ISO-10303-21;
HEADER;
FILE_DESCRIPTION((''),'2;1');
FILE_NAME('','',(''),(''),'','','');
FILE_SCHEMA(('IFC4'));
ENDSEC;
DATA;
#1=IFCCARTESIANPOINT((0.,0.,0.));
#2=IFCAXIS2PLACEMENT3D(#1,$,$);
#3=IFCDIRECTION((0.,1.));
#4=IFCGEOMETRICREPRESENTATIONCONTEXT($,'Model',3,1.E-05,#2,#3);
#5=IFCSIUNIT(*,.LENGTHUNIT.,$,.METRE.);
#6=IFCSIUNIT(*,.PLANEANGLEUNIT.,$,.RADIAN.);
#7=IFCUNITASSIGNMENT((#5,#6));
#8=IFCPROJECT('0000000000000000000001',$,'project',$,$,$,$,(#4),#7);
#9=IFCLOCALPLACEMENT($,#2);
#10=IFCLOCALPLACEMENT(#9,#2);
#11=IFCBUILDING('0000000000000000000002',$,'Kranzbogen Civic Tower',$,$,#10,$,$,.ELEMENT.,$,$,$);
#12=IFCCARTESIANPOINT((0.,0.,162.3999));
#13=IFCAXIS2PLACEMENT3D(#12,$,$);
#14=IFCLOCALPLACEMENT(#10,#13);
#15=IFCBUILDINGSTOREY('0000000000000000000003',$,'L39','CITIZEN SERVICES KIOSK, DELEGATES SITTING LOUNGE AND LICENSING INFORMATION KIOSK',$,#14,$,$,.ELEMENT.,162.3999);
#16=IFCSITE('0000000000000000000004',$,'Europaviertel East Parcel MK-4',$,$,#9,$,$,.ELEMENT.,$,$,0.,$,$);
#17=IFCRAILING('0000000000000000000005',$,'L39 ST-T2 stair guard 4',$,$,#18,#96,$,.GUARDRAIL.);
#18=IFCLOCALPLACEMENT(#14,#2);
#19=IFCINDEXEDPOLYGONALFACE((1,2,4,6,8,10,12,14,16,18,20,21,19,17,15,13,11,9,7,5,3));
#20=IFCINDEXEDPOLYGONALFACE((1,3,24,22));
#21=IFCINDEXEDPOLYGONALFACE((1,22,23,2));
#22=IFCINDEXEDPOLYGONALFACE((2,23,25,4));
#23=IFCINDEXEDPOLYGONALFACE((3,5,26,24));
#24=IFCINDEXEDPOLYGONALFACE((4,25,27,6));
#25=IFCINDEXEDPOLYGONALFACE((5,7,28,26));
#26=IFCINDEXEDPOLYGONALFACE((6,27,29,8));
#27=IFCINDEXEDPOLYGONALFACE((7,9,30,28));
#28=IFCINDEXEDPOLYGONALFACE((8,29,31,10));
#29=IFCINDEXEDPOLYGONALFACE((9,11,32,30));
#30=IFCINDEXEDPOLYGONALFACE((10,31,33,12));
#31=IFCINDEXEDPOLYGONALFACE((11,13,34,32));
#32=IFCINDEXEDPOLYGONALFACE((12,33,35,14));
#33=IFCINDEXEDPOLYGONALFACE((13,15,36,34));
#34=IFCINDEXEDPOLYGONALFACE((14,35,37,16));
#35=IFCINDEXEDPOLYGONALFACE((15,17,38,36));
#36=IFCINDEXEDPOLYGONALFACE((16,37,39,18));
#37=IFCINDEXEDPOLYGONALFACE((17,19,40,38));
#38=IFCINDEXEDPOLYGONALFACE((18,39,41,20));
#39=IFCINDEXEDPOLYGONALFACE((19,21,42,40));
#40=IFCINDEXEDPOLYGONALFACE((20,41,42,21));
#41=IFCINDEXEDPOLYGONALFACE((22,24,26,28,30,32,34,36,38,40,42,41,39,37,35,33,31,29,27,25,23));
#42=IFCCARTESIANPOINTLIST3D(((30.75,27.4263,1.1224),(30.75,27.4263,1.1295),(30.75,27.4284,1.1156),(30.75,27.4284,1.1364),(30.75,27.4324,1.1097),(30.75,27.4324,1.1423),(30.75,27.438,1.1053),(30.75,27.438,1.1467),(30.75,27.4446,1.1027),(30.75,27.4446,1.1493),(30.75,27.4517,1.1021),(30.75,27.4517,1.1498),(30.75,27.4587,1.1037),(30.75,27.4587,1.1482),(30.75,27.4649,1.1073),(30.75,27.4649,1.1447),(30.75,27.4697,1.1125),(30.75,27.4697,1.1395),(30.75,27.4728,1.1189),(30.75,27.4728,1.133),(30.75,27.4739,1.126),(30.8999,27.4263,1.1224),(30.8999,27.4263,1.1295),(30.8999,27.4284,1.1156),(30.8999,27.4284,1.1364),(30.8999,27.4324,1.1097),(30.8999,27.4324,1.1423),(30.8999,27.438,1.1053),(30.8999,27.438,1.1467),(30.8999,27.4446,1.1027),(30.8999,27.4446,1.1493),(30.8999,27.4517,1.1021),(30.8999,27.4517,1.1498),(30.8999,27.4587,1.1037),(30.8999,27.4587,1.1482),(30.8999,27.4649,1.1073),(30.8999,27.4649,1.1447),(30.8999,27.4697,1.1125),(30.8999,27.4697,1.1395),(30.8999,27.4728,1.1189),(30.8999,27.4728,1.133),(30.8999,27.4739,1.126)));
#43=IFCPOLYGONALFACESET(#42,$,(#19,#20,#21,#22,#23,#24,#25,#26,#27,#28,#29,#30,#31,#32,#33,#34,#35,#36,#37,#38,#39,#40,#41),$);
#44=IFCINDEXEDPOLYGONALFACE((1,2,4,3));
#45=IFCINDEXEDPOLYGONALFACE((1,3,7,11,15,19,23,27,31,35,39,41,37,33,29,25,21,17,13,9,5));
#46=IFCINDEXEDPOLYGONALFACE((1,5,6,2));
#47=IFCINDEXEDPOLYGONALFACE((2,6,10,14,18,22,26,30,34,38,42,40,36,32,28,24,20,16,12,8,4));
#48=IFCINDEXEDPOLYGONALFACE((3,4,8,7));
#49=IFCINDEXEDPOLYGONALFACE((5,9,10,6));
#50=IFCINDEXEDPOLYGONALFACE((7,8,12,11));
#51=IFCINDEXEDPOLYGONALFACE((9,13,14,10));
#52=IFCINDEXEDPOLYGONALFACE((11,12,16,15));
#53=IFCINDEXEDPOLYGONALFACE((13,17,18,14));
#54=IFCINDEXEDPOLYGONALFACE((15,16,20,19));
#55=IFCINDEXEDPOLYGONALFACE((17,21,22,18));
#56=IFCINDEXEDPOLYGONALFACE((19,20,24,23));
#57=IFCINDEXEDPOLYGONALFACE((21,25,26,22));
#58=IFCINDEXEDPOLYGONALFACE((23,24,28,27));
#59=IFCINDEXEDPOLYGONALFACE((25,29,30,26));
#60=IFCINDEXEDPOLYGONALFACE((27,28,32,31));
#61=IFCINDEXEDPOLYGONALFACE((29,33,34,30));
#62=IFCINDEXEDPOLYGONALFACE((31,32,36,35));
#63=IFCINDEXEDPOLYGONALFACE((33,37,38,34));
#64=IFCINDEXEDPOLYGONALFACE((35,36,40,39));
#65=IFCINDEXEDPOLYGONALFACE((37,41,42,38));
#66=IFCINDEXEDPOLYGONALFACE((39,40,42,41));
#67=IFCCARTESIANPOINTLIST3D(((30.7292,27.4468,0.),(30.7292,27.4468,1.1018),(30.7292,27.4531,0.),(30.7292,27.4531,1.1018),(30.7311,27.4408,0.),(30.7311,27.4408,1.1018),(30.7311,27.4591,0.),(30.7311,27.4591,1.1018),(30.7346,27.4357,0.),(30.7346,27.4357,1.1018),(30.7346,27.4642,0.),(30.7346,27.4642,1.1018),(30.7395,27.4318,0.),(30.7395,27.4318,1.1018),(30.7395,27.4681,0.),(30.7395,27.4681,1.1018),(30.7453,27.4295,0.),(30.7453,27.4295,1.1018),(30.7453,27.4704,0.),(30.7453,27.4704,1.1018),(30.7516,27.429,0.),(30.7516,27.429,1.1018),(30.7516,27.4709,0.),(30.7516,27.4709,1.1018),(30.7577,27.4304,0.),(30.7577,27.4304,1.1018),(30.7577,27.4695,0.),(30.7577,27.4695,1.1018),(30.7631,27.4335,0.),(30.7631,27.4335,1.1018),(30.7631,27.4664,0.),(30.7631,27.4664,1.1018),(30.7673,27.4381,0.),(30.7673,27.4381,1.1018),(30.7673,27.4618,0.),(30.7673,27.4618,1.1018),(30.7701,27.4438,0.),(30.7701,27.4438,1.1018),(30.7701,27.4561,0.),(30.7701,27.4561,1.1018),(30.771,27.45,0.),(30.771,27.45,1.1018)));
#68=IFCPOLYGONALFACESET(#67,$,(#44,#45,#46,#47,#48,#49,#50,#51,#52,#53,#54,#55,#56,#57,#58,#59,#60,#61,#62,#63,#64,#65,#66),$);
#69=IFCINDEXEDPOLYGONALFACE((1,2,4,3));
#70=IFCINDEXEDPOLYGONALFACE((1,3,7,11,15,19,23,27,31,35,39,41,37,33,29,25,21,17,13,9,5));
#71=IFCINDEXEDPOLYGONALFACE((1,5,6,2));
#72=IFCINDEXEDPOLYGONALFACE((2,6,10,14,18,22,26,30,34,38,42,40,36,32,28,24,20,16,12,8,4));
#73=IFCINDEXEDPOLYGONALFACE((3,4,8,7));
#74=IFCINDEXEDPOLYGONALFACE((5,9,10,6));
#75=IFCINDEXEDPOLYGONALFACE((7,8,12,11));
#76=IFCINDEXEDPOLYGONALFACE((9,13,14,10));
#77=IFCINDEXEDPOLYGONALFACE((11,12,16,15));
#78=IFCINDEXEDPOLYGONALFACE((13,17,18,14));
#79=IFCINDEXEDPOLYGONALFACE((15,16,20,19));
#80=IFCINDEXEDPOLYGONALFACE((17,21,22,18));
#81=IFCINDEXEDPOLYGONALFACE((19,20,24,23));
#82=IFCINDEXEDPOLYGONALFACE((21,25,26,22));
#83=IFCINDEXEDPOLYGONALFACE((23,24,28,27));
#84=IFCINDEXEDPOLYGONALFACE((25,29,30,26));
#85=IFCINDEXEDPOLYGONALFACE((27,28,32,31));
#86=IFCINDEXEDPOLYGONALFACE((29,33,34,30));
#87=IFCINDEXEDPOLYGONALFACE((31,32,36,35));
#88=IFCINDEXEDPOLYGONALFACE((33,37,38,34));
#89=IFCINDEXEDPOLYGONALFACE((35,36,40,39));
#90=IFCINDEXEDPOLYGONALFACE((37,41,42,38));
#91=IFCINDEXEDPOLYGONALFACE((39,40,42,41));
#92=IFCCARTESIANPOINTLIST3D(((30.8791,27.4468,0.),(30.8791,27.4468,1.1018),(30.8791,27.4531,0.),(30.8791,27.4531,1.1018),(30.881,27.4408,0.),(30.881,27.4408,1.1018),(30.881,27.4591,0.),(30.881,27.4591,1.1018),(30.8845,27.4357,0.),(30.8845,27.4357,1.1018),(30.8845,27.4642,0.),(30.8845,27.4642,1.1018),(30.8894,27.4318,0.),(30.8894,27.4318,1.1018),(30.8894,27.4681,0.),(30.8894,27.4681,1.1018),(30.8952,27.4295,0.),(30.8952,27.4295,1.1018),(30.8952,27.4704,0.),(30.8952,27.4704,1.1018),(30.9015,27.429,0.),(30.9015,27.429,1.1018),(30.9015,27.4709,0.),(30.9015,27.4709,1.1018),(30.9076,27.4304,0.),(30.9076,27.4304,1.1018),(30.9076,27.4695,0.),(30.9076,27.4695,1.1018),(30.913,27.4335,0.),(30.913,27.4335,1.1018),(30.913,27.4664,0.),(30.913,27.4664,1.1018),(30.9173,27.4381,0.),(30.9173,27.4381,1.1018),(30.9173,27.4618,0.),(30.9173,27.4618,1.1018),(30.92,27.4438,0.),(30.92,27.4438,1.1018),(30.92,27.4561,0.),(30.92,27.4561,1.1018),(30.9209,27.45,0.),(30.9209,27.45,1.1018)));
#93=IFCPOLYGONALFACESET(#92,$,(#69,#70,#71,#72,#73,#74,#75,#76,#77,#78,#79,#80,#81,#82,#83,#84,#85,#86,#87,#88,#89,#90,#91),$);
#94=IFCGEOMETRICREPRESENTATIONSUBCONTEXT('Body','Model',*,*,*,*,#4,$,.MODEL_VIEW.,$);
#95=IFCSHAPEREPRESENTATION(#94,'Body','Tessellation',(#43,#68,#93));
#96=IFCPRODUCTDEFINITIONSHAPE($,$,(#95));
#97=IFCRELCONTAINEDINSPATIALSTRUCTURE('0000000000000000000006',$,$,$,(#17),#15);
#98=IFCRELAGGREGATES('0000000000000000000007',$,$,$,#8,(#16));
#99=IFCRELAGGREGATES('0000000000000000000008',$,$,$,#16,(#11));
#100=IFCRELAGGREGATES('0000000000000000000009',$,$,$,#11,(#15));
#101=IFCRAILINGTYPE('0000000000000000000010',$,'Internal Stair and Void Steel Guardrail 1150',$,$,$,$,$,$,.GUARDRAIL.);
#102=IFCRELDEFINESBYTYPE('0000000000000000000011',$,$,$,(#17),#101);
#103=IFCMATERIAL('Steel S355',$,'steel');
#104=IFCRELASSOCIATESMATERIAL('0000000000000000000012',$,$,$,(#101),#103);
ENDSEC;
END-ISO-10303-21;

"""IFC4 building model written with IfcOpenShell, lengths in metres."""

from ifc_helpers import new_model, si_unit, direction, frame, origin, origin_2d, place, context, subcontext, project, spatial, circle, extrude, material, type_object, element, save


model = new_model("IFC4")

# Units and contexts
model_context = context("Model", 3, precision=1e-05, world=origin(), true_north=direction((0.0, 1.0)))
body_context = subcontext(model_context, "Body", "Model", "MODEL_VIEW")
ifc_project = project(units=[si_unit("LENGTHUNIT", "METRE"), si_unit("PLANEANGLEUNIT", "RADIAN")], contexts=[model_context])

# Site, building, storey
site_placement = place(None, origin())
site = spatial("IfcSite", under=ifc_project, at=site_placement, Name="Europaviertel East Parcel MK-4", CompositionType="ELEMENT", RefElevation=0.0)
building_placement = place(site_placement, origin())
building = spatial("IfcBuilding", under=site, at=building_placement, Name="Kranzbogen Civic Tower", CompositionType="ELEMENT")
storey_placement = place(building_placement, frame((0.0, 0.0, 162.3999)))
storey = spatial("IfcBuildingStorey", under=building, at=storey_placement, Name="L39", Description="CITIZEN SERVICES KIOSK, DELEGATES SITTING LOUNGE AND LICENSING INFORMATION KIOSK", CompositionType="ELEMENT", Elevation=162.3999)

# Shared definitions
ifc_material_1 = material(Name="Steel S355", Category="steel")

# Railing
railing_type_1 = type_object("IfcRailingType", Name="Internal Stair and Void Steel Guardrail 1150", PredefinedType="GUARDRAIL", material=ifc_material_1)
railing_1_placement = place(storey_placement, frame((30.75, 27.45, 0.0)))
element("IfcRailing", 1, at=railing_1_placement, inside=storey, type_object=railing_type_1, Name="L39 ST-T2 stair guard 4", PredefinedType="GUARDRAIL", context=body_context, shape_type="SweptSolid", body=[
    extrude(circle(Radius=0.0239, at=origin_2d()), frame((0.0, 0.0, 1.126), z_axis=(1.0, 0.0, 0.0), x_axis=(0.0, 1.0, 0.0)), (0.0, 0.0, 1.0), 0.1499),
    extrude(circle(Radius=0.021, at=origin_2d()), origin(), (0.0, 0.0, 1.0), 1.1018),
    extrude(circle(Radius=0.021, at=origin_2d()), frame((0.1499, 0.0, 0.0)), (0.0, 0.0, 1.0), 1.1018),
])

save(model, "model.ifc")
